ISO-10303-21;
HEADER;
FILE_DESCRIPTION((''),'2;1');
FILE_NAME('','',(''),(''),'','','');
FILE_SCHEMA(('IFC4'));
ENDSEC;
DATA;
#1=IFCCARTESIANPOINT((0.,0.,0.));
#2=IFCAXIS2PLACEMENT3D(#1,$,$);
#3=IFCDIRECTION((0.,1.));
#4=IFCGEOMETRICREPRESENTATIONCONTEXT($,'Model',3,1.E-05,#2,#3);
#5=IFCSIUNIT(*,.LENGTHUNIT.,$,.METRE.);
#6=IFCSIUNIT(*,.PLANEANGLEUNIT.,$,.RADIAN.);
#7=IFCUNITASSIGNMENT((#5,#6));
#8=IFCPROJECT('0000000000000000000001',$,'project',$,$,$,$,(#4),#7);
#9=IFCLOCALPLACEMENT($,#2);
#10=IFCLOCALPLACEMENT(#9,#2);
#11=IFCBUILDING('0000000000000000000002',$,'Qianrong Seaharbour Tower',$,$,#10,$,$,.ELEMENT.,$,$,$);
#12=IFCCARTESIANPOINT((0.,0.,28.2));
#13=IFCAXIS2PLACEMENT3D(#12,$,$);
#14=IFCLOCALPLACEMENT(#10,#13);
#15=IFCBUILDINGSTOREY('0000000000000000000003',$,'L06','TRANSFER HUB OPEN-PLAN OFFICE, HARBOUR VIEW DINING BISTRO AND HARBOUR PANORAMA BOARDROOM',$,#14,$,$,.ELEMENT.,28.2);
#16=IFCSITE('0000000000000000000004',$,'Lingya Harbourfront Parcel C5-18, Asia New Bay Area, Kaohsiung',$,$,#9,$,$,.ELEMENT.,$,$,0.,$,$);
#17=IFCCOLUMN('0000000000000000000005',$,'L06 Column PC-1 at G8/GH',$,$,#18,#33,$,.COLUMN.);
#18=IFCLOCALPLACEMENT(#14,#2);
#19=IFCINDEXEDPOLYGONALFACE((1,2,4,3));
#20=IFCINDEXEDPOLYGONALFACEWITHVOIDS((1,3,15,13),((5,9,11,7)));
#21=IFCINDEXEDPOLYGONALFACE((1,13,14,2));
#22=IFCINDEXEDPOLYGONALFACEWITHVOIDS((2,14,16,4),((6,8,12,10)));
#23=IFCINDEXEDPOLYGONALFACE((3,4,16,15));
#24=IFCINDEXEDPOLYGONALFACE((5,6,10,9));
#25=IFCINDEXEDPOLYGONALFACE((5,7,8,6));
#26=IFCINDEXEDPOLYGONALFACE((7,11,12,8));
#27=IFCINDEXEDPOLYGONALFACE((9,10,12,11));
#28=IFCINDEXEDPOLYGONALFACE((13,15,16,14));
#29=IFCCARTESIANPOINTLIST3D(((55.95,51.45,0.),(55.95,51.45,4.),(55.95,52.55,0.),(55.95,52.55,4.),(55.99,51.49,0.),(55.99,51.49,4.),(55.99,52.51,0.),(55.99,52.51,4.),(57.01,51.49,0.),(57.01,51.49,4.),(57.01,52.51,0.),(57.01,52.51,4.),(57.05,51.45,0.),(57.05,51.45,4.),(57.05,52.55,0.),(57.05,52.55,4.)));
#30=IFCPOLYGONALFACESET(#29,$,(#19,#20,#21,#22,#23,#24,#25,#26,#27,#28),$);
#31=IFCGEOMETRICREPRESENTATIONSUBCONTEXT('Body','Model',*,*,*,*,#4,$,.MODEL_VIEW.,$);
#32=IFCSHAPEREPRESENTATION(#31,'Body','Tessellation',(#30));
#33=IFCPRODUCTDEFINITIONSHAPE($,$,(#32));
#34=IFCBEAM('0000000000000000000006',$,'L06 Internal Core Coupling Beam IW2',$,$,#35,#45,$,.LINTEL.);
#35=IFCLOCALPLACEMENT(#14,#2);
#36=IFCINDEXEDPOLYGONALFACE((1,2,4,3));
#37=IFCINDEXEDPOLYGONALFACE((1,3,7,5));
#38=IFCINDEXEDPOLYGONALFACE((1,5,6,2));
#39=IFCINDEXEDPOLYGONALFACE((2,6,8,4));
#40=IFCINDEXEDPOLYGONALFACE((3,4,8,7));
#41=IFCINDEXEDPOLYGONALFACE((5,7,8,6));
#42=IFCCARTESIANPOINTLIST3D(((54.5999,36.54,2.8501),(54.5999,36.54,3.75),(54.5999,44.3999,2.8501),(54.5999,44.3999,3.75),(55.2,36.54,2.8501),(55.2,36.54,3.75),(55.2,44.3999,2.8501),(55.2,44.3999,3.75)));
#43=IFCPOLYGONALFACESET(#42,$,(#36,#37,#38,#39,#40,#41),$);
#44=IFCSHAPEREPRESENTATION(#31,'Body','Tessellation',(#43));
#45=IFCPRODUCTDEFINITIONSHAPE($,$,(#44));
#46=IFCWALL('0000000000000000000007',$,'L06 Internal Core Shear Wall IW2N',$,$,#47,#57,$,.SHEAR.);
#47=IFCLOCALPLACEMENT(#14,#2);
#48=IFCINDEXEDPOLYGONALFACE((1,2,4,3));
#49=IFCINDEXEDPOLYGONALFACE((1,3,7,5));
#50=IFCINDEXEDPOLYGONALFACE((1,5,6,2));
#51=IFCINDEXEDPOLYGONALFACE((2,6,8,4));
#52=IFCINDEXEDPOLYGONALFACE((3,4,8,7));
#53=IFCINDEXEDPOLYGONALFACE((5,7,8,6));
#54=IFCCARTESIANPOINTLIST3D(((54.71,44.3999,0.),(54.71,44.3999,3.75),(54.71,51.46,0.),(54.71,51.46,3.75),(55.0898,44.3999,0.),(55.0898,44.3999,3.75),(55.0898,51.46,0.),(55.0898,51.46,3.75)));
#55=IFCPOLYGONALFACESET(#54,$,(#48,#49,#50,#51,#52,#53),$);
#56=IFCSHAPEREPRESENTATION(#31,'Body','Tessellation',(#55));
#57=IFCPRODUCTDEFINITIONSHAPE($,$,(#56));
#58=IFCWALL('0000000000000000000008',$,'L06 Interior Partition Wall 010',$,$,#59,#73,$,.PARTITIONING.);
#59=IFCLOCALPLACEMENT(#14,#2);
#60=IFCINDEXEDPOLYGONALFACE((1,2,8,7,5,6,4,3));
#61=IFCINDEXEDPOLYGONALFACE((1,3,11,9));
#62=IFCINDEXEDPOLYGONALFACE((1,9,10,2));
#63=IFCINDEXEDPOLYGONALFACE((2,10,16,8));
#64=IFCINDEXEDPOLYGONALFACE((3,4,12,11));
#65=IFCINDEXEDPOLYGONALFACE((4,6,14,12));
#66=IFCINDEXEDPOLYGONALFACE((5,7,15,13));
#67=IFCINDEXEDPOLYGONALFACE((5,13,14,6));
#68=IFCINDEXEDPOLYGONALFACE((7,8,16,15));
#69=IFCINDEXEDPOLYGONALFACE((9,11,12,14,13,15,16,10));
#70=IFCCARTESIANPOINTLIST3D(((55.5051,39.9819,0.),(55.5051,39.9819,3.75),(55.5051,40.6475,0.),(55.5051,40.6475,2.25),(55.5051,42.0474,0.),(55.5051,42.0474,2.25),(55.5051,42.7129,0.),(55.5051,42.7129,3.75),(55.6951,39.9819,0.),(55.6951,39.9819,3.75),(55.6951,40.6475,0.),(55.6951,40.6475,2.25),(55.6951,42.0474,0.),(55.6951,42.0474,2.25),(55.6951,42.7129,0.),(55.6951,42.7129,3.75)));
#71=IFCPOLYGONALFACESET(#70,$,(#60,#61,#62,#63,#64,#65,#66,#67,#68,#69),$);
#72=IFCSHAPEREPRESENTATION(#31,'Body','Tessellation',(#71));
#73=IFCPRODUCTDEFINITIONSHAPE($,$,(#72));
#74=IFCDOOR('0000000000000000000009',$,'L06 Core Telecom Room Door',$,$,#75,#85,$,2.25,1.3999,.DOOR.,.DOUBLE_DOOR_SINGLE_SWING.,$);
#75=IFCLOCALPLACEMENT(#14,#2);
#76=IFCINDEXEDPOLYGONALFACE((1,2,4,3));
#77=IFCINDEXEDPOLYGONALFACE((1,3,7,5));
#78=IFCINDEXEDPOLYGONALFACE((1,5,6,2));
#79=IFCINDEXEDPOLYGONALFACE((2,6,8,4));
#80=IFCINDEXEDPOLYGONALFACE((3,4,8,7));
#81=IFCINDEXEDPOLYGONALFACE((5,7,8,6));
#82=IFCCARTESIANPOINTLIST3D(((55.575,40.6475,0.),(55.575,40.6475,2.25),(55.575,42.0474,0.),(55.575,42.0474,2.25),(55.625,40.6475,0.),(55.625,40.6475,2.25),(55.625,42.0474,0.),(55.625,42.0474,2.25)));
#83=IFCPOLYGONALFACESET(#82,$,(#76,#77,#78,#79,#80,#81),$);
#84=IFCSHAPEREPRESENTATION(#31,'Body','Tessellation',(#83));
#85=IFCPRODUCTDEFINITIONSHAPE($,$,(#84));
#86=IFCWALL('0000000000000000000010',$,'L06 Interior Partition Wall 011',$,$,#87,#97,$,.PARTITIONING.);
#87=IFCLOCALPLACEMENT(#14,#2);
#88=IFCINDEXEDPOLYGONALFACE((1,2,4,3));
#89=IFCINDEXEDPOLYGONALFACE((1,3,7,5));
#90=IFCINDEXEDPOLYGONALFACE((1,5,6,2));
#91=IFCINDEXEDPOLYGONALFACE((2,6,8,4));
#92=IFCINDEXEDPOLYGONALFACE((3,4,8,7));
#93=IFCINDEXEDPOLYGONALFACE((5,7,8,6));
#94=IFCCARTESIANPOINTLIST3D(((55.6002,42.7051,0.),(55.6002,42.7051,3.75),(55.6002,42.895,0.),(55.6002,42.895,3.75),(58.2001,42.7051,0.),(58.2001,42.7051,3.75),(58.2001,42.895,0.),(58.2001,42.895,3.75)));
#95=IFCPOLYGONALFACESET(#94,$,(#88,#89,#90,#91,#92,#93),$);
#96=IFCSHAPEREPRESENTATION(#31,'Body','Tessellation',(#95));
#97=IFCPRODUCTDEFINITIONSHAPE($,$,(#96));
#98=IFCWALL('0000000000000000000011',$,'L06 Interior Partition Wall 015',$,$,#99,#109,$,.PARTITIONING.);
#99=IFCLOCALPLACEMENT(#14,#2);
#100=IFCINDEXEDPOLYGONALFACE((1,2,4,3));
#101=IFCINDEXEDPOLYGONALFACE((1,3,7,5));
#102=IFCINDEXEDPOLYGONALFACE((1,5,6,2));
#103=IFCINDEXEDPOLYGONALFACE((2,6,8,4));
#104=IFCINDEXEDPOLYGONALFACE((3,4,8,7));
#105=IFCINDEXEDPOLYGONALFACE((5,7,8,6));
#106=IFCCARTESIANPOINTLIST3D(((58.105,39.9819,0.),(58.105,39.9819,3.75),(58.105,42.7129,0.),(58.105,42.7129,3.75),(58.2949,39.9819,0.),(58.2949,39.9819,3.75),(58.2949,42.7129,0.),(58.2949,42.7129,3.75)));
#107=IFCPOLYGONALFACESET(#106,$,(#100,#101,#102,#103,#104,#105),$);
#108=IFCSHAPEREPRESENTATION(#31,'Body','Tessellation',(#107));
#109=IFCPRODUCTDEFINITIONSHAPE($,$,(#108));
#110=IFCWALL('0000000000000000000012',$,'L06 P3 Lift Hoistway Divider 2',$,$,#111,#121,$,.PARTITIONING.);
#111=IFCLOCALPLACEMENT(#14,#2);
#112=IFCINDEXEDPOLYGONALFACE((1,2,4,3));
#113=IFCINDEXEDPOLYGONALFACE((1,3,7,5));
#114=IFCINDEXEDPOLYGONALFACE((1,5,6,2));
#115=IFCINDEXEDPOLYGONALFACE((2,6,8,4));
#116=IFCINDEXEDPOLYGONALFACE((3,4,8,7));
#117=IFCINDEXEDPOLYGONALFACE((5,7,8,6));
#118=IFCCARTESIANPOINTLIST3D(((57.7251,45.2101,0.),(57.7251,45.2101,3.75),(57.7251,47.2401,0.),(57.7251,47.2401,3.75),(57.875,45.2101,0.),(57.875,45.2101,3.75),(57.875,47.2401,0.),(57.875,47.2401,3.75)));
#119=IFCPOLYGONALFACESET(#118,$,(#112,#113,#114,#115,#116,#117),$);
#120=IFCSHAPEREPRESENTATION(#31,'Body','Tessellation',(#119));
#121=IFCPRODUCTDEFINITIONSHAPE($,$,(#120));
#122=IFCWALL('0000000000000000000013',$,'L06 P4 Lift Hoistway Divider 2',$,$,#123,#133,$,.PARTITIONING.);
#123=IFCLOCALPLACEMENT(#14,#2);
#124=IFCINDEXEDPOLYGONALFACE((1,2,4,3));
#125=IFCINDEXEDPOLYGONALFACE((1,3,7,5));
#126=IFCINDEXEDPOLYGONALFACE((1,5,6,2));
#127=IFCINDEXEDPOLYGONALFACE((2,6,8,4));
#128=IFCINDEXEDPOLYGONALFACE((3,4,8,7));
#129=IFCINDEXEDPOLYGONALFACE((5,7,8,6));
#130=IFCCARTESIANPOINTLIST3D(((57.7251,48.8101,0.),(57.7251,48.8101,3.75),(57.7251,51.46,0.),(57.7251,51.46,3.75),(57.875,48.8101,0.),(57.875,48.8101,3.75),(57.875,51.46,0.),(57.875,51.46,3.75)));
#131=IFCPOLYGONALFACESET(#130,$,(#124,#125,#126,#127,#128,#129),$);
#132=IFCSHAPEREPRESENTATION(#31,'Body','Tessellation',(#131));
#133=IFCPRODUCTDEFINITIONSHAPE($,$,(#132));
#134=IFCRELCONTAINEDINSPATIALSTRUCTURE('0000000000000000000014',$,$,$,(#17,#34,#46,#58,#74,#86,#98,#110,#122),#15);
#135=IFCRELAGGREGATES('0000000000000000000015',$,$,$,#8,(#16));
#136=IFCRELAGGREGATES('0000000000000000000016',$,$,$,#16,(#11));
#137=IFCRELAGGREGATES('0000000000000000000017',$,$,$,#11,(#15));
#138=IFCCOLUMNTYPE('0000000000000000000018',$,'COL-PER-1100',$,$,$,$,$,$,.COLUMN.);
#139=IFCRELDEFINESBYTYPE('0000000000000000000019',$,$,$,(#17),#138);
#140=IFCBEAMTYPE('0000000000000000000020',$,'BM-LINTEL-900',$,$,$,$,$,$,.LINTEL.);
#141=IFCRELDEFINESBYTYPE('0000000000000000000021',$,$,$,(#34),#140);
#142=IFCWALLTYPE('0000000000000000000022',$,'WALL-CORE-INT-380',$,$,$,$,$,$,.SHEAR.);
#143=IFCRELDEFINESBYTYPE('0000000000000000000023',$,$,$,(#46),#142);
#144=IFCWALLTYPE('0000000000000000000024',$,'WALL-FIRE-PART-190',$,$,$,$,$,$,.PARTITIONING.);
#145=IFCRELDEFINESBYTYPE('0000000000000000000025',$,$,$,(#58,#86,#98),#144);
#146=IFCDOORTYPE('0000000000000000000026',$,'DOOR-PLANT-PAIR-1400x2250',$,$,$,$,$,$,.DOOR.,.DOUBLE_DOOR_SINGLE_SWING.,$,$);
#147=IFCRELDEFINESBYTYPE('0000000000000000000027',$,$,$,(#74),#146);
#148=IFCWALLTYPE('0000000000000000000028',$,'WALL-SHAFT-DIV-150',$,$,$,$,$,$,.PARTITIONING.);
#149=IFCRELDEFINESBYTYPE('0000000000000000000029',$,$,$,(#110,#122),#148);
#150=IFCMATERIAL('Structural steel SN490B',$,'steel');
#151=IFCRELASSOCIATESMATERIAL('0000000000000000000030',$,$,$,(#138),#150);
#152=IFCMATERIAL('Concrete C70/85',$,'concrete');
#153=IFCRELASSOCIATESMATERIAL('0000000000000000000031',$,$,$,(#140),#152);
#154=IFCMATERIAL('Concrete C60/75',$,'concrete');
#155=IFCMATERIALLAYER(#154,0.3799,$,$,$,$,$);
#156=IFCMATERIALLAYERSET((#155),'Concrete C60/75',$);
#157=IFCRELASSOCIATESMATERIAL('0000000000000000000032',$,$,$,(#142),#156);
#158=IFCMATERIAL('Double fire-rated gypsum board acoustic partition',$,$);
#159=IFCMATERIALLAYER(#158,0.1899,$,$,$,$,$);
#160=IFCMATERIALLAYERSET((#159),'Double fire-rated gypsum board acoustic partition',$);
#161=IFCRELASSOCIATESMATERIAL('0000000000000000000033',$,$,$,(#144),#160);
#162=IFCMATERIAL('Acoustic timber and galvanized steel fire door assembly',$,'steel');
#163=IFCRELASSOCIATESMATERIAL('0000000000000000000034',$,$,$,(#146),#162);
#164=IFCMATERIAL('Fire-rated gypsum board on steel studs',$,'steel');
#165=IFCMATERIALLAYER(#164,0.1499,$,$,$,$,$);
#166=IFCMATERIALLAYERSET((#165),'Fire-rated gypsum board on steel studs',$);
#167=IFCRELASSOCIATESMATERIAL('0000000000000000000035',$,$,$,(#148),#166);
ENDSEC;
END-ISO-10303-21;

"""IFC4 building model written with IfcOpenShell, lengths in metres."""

from ifc_helpers import new_model, si_unit, direction, frame, frame_2d, origin, origin_2d, place, context, subcontext, project, spatial, rectangle, hollow_rectangle, extrude, material, layer, layer_set, material_profile, profile_set, type_object, element, fill, save


model = new_model("IFC4")

# Units and contexts
model_context = context("Model", 3, precision=1e-05, world=origin(), true_north=direction((0.0, 1.0)))
body_context = subcontext(model_context, "Body", "Model", "MODEL_VIEW")
ifc_project = project(units=[si_unit("LENGTHUNIT", "METRE"), si_unit("PLANEANGLEUNIT", "RADIAN")], contexts=[model_context])

# Site, building, storey
site_placement = place(None, origin())
site = spatial("IfcSite", under=ifc_project, at=site_placement, Name="Lingya Harbourfront Parcel C5-18, Asia New Bay Area, Kaohsiung", CompositionType="ELEMENT", RefElevation=0.0)
building_placement = place(site_placement, origin())
building = spatial("IfcBuilding", under=site, at=building_placement, Name="Qianrong Seaharbour Tower", CompositionType="ELEMENT")
storey_placement = place(building_placement, frame((0.0, 0.0, 28.2)))
storey = spatial("IfcBuildingStorey", under=building, at=storey_placement, Name="L06", Description="TRANSFER HUB OPEN-PLAN OFFICE, HARBOUR VIEW DINING BISTRO AND HARBOUR PANORAMA BOARDROOM", CompositionType="ELEMENT", Elevation=28.2)

# Column
ifc_material_1 = material(Name="Structural steel SN490B", Category="steel")
ifc_material_profile_1 = material_profile(ifc_material_1, hollow_rectangle(XDim=1.1001, YDim=1.1001, WallThickness=0.04, at=origin_2d()), Name="BOX1100x1100x40")
ifc_profile_set_1 = profile_set([ifc_material_profile_1], Name="Structural steel SN490B")
column_type = type_object("IfcColumnType", Name="COL-PER-1100", PredefinedType="COLUMN", material=ifc_profile_set_1)
column_placement = place(storey_placement, frame((56.5, 52.0, 0.0), z_axis=(0.0, 0.0, 1.0), x_axis=(1.0, 0.0, 0.0)))
element("IfcColumn", 1, at=column_placement, inside=storey, type_object=column_type, Name="L06 Column PC-1 at G8/GH", PredefinedType="COLUMN", context=body_context, shape_type="SweptSolid", body=[
    extrude(hollow_rectangle(XDim=1.1001, YDim=1.1001, WallThickness=0.04, at=origin_2d()), origin(), (0.0, 0.0, 1.0), 4.0),
])

# Beam
ifc_material_2 = material(Name="Concrete C70/85", Category="concrete")
ifc_material_profile_2 = material_profile(ifc_material_2, rectangle(XDim=0.6001, YDim=0.8999, at=origin_2d()), Name="RC600x900")
ifc_profile_set_2 = profile_set([ifc_material_profile_2], Name="Concrete C70/85")
beam_type = type_object("IfcBeamType", Name="BM-LINTEL-900", PredefinedType="LINTEL", material=ifc_profile_set_2)
beam_placement = place(storey_placement, frame((54.8999, 36.54, 3.3), z_axis=(0.0, 1.0, 0.0), x_axis=(-1.0, 0.0, 0.0)))
element("IfcBeam", 2, at=beam_placement, inside=storey, type_object=beam_type, Name="L06 Internal Core Coupling Beam IW2", PredefinedType="LINTEL", context=body_context, shape_type="SweptSolid", body=[
    extrude(rectangle(XDim=0.6001, YDim=0.8999, at=origin_2d()), origin(), (0.0, 0.0, 1.0), 7.8599),
])

# Wall
ifc_material_3 = material(Name="Concrete C60/75", Category="concrete")
ifc_layer_1 = layer(ifc_material_3, 0.3799)
ifc_layer_set_1 = layer_set([ifc_layer_1], Name="Concrete C60/75")
wall_type_1 = type_object("IfcWallType", Name="WALL-CORE-INT-380", PredefinedType="SHEAR", material=ifc_layer_set_1)
wall_1_placement = place(storey_placement, frame((54.8999, 44.3999, 0.0), z_axis=(0.0, 0.0, 1.0), x_axis=(0.0, 1.0, 0.0)))
element("IfcWall", 3, at=wall_1_placement, inside=storey, type_object=wall_type_1, Name="L06 Internal Core Shear Wall IW2N", PredefinedType="SHEAR", context=body_context, shape_type="SweptSolid", body=[
    extrude(rectangle(XDim=7.0601, YDim=0.3799, at=frame_2d((3.53, 0.0))), origin(), (0.0, 0.0, 1.0), 3.75),
])

# Wall, opening, door
ifc_material_4 = material(Name="Double fire-rated gypsum board acoustic partition")
ifc_layer_2 = layer(ifc_material_4, 0.1899)
ifc_layer_set_2 = layer_set([ifc_layer_2], Name="Double fire-rated gypsum board acoustic partition")
wall_type_2 = type_object("IfcWallType", Name="WALL-FIRE-PART-190", PredefinedType="PARTITIONING", material=ifc_layer_set_2)
ifc_material_5 = material(Name="Acoustic timber and galvanized steel fire door assembly", Category="steel")
wall_2_placement = place(storey_placement, frame((55.6001, 42.7129, 0.0), z_axis=(0.0, 0.0, 1.0), x_axis=(0.0, -1.0, 0.0)))
wall_2 = element("IfcWall", 4, at=wall_2_placement, inside=storey, type_object=wall_type_2, Name="L06 Interior Partition Wall 010", PredefinedType="PARTITIONING", context=body_context, shape_type="SweptSolid", body=[
    extrude(rectangle(XDim=2.731, YDim=0.1899, at=frame_2d((1.3655, 0.0))), origin(), (0.0, 0.0, 1.0), 3.75),
])
opening_1_placement = place(wall_2_placement, frame((0.6655, 0.0, 0.0)))
opening_1 = element("IfcOpeningElement", 5, at=opening_1_placement, cuts=wall_2, PredefinedType="OPENING", context=body_context, shape_type="SweptSolid", body=[
    extrude(rectangle(XDim=1.3999, YDim=2.25, at=frame_2d((0.7, 1.125))), frame((0.0, 0.105, 0.0), z_axis=(0.0, -1.0, 0.0), x_axis=(1.0, 0.0, 0.0)), (0.0, 0.0, 1.0), 0.21),
])
door_type_1 = type_object("IfcDoorType", Name="DOOR-PLANT-PAIR-1400x2250", OperationType="DOUBLE_DOOR_SINGLE_SWING", PredefinedType="DOOR", material=ifc_material_5)
door_1_placement = place(opening_1_placement, origin())
door_1 = element("IfcDoor", 6, at=door_1_placement, inside=storey, type_object=door_type_1, Name="L06 Core Telecom Room Door", OperationType="DOUBLE_DOOR_SINGLE_SWING", OverallHeight=2.25, OverallWidth=1.3999, PredefinedType="DOOR", context=body_context, shape_type="SweptSolid", body=[
    extrude(rectangle(XDim=1.3999, YDim=2.25, at=frame_2d((0.7, 1.125))), frame((0.0, 0.0249, 0.0), z_axis=(0.0, -1.0, 0.0), x_axis=(1.0, 0.0, 0.0)), (0.0, 0.0, 1.0), 0.05),
])
fill(opening_1, door_1)

# Walls
wall_3_placement = place(storey_placement, frame((58.2, 42.8, 0.0), z_axis=(0.0, 0.0, 1.0), x_axis=(-1.0, 0.0, 0.0)))
element("IfcWall", 7, at=wall_3_placement, inside=storey, type_object=wall_type_2, Name="L06 Interior Partition Wall 011", PredefinedType="PARTITIONING", context=body_context, shape_type="SweptSolid", body=[
    extrude(rectangle(XDim=2.5999, YDim=0.1899, at=frame_2d((1.2998, 0.0))), origin(), (0.0, 0.0, 1.0), 3.75),
])
wall_4_placement = place(storey_placement, frame((58.2, 42.7129, 0.0), z_axis=(0.0, 0.0, 1.0), x_axis=(0.0, -1.0, 0.0)))
element("IfcWall", 8, at=wall_4_placement, inside=storey, type_object=wall_type_2, Name="L06 Interior Partition Wall 015", PredefinedType="PARTITIONING", context=body_context, shape_type="SweptSolid", body=[
    extrude(rectangle(XDim=2.731, YDim=0.1899, at=frame_2d((1.3655, 0.0))), origin(), (0.0, 0.0, 1.0), 3.75),
])
ifc_material_6 = material(Name="Fire-rated gypsum board on steel studs", Category="steel")
ifc_layer_3 = layer(ifc_material_6, 0.1499)
ifc_layer_set_3 = layer_set([ifc_layer_3], Name="Fire-rated gypsum board on steel studs")
wall_type_3 = type_object("IfcWallType", Name="WALL-SHAFT-DIV-150", PredefinedType="PARTITIONING", material=ifc_layer_set_3)
wall_5_placement = place(storey_placement, frame((57.8, 45.21, 0.0), z_axis=(0.0, 0.0, 1.0), x_axis=(0.0, 1.0, 0.0)))
element("IfcWall", 9, at=wall_5_placement, inside=storey, type_object=wall_type_3, Name="L06 P3 Lift Hoistway Divider 2", PredefinedType="PARTITIONING", context=body_context, shape_type="SweptSolid", body=[
    extrude(rectangle(XDim=2.03, YDim=0.1499, at=frame_2d((1.0151, 0.0))), origin(), (0.0, 0.0, 1.0), 3.75),
])
wall_6_placement = place(storey_placement, frame((57.8, 48.8101, 0.0), z_axis=(0.0, 0.0, 1.0), x_axis=(0.0, 1.0, 0.0)))
element("IfcWall", 10, at=wall_6_placement, inside=storey, type_object=wall_type_3, Name="L06 P4 Lift Hoistway Divider 2", PredefinedType="PARTITIONING", context=body_context, shape_type="SweptSolid", body=[
    extrude(rectangle(XDim=2.6499, YDim=0.1499, at=frame_2d((1.325, 0.0))), origin(), (0.0, 0.0, 1.0), 3.75),
])

save(model, "model.ifc")
